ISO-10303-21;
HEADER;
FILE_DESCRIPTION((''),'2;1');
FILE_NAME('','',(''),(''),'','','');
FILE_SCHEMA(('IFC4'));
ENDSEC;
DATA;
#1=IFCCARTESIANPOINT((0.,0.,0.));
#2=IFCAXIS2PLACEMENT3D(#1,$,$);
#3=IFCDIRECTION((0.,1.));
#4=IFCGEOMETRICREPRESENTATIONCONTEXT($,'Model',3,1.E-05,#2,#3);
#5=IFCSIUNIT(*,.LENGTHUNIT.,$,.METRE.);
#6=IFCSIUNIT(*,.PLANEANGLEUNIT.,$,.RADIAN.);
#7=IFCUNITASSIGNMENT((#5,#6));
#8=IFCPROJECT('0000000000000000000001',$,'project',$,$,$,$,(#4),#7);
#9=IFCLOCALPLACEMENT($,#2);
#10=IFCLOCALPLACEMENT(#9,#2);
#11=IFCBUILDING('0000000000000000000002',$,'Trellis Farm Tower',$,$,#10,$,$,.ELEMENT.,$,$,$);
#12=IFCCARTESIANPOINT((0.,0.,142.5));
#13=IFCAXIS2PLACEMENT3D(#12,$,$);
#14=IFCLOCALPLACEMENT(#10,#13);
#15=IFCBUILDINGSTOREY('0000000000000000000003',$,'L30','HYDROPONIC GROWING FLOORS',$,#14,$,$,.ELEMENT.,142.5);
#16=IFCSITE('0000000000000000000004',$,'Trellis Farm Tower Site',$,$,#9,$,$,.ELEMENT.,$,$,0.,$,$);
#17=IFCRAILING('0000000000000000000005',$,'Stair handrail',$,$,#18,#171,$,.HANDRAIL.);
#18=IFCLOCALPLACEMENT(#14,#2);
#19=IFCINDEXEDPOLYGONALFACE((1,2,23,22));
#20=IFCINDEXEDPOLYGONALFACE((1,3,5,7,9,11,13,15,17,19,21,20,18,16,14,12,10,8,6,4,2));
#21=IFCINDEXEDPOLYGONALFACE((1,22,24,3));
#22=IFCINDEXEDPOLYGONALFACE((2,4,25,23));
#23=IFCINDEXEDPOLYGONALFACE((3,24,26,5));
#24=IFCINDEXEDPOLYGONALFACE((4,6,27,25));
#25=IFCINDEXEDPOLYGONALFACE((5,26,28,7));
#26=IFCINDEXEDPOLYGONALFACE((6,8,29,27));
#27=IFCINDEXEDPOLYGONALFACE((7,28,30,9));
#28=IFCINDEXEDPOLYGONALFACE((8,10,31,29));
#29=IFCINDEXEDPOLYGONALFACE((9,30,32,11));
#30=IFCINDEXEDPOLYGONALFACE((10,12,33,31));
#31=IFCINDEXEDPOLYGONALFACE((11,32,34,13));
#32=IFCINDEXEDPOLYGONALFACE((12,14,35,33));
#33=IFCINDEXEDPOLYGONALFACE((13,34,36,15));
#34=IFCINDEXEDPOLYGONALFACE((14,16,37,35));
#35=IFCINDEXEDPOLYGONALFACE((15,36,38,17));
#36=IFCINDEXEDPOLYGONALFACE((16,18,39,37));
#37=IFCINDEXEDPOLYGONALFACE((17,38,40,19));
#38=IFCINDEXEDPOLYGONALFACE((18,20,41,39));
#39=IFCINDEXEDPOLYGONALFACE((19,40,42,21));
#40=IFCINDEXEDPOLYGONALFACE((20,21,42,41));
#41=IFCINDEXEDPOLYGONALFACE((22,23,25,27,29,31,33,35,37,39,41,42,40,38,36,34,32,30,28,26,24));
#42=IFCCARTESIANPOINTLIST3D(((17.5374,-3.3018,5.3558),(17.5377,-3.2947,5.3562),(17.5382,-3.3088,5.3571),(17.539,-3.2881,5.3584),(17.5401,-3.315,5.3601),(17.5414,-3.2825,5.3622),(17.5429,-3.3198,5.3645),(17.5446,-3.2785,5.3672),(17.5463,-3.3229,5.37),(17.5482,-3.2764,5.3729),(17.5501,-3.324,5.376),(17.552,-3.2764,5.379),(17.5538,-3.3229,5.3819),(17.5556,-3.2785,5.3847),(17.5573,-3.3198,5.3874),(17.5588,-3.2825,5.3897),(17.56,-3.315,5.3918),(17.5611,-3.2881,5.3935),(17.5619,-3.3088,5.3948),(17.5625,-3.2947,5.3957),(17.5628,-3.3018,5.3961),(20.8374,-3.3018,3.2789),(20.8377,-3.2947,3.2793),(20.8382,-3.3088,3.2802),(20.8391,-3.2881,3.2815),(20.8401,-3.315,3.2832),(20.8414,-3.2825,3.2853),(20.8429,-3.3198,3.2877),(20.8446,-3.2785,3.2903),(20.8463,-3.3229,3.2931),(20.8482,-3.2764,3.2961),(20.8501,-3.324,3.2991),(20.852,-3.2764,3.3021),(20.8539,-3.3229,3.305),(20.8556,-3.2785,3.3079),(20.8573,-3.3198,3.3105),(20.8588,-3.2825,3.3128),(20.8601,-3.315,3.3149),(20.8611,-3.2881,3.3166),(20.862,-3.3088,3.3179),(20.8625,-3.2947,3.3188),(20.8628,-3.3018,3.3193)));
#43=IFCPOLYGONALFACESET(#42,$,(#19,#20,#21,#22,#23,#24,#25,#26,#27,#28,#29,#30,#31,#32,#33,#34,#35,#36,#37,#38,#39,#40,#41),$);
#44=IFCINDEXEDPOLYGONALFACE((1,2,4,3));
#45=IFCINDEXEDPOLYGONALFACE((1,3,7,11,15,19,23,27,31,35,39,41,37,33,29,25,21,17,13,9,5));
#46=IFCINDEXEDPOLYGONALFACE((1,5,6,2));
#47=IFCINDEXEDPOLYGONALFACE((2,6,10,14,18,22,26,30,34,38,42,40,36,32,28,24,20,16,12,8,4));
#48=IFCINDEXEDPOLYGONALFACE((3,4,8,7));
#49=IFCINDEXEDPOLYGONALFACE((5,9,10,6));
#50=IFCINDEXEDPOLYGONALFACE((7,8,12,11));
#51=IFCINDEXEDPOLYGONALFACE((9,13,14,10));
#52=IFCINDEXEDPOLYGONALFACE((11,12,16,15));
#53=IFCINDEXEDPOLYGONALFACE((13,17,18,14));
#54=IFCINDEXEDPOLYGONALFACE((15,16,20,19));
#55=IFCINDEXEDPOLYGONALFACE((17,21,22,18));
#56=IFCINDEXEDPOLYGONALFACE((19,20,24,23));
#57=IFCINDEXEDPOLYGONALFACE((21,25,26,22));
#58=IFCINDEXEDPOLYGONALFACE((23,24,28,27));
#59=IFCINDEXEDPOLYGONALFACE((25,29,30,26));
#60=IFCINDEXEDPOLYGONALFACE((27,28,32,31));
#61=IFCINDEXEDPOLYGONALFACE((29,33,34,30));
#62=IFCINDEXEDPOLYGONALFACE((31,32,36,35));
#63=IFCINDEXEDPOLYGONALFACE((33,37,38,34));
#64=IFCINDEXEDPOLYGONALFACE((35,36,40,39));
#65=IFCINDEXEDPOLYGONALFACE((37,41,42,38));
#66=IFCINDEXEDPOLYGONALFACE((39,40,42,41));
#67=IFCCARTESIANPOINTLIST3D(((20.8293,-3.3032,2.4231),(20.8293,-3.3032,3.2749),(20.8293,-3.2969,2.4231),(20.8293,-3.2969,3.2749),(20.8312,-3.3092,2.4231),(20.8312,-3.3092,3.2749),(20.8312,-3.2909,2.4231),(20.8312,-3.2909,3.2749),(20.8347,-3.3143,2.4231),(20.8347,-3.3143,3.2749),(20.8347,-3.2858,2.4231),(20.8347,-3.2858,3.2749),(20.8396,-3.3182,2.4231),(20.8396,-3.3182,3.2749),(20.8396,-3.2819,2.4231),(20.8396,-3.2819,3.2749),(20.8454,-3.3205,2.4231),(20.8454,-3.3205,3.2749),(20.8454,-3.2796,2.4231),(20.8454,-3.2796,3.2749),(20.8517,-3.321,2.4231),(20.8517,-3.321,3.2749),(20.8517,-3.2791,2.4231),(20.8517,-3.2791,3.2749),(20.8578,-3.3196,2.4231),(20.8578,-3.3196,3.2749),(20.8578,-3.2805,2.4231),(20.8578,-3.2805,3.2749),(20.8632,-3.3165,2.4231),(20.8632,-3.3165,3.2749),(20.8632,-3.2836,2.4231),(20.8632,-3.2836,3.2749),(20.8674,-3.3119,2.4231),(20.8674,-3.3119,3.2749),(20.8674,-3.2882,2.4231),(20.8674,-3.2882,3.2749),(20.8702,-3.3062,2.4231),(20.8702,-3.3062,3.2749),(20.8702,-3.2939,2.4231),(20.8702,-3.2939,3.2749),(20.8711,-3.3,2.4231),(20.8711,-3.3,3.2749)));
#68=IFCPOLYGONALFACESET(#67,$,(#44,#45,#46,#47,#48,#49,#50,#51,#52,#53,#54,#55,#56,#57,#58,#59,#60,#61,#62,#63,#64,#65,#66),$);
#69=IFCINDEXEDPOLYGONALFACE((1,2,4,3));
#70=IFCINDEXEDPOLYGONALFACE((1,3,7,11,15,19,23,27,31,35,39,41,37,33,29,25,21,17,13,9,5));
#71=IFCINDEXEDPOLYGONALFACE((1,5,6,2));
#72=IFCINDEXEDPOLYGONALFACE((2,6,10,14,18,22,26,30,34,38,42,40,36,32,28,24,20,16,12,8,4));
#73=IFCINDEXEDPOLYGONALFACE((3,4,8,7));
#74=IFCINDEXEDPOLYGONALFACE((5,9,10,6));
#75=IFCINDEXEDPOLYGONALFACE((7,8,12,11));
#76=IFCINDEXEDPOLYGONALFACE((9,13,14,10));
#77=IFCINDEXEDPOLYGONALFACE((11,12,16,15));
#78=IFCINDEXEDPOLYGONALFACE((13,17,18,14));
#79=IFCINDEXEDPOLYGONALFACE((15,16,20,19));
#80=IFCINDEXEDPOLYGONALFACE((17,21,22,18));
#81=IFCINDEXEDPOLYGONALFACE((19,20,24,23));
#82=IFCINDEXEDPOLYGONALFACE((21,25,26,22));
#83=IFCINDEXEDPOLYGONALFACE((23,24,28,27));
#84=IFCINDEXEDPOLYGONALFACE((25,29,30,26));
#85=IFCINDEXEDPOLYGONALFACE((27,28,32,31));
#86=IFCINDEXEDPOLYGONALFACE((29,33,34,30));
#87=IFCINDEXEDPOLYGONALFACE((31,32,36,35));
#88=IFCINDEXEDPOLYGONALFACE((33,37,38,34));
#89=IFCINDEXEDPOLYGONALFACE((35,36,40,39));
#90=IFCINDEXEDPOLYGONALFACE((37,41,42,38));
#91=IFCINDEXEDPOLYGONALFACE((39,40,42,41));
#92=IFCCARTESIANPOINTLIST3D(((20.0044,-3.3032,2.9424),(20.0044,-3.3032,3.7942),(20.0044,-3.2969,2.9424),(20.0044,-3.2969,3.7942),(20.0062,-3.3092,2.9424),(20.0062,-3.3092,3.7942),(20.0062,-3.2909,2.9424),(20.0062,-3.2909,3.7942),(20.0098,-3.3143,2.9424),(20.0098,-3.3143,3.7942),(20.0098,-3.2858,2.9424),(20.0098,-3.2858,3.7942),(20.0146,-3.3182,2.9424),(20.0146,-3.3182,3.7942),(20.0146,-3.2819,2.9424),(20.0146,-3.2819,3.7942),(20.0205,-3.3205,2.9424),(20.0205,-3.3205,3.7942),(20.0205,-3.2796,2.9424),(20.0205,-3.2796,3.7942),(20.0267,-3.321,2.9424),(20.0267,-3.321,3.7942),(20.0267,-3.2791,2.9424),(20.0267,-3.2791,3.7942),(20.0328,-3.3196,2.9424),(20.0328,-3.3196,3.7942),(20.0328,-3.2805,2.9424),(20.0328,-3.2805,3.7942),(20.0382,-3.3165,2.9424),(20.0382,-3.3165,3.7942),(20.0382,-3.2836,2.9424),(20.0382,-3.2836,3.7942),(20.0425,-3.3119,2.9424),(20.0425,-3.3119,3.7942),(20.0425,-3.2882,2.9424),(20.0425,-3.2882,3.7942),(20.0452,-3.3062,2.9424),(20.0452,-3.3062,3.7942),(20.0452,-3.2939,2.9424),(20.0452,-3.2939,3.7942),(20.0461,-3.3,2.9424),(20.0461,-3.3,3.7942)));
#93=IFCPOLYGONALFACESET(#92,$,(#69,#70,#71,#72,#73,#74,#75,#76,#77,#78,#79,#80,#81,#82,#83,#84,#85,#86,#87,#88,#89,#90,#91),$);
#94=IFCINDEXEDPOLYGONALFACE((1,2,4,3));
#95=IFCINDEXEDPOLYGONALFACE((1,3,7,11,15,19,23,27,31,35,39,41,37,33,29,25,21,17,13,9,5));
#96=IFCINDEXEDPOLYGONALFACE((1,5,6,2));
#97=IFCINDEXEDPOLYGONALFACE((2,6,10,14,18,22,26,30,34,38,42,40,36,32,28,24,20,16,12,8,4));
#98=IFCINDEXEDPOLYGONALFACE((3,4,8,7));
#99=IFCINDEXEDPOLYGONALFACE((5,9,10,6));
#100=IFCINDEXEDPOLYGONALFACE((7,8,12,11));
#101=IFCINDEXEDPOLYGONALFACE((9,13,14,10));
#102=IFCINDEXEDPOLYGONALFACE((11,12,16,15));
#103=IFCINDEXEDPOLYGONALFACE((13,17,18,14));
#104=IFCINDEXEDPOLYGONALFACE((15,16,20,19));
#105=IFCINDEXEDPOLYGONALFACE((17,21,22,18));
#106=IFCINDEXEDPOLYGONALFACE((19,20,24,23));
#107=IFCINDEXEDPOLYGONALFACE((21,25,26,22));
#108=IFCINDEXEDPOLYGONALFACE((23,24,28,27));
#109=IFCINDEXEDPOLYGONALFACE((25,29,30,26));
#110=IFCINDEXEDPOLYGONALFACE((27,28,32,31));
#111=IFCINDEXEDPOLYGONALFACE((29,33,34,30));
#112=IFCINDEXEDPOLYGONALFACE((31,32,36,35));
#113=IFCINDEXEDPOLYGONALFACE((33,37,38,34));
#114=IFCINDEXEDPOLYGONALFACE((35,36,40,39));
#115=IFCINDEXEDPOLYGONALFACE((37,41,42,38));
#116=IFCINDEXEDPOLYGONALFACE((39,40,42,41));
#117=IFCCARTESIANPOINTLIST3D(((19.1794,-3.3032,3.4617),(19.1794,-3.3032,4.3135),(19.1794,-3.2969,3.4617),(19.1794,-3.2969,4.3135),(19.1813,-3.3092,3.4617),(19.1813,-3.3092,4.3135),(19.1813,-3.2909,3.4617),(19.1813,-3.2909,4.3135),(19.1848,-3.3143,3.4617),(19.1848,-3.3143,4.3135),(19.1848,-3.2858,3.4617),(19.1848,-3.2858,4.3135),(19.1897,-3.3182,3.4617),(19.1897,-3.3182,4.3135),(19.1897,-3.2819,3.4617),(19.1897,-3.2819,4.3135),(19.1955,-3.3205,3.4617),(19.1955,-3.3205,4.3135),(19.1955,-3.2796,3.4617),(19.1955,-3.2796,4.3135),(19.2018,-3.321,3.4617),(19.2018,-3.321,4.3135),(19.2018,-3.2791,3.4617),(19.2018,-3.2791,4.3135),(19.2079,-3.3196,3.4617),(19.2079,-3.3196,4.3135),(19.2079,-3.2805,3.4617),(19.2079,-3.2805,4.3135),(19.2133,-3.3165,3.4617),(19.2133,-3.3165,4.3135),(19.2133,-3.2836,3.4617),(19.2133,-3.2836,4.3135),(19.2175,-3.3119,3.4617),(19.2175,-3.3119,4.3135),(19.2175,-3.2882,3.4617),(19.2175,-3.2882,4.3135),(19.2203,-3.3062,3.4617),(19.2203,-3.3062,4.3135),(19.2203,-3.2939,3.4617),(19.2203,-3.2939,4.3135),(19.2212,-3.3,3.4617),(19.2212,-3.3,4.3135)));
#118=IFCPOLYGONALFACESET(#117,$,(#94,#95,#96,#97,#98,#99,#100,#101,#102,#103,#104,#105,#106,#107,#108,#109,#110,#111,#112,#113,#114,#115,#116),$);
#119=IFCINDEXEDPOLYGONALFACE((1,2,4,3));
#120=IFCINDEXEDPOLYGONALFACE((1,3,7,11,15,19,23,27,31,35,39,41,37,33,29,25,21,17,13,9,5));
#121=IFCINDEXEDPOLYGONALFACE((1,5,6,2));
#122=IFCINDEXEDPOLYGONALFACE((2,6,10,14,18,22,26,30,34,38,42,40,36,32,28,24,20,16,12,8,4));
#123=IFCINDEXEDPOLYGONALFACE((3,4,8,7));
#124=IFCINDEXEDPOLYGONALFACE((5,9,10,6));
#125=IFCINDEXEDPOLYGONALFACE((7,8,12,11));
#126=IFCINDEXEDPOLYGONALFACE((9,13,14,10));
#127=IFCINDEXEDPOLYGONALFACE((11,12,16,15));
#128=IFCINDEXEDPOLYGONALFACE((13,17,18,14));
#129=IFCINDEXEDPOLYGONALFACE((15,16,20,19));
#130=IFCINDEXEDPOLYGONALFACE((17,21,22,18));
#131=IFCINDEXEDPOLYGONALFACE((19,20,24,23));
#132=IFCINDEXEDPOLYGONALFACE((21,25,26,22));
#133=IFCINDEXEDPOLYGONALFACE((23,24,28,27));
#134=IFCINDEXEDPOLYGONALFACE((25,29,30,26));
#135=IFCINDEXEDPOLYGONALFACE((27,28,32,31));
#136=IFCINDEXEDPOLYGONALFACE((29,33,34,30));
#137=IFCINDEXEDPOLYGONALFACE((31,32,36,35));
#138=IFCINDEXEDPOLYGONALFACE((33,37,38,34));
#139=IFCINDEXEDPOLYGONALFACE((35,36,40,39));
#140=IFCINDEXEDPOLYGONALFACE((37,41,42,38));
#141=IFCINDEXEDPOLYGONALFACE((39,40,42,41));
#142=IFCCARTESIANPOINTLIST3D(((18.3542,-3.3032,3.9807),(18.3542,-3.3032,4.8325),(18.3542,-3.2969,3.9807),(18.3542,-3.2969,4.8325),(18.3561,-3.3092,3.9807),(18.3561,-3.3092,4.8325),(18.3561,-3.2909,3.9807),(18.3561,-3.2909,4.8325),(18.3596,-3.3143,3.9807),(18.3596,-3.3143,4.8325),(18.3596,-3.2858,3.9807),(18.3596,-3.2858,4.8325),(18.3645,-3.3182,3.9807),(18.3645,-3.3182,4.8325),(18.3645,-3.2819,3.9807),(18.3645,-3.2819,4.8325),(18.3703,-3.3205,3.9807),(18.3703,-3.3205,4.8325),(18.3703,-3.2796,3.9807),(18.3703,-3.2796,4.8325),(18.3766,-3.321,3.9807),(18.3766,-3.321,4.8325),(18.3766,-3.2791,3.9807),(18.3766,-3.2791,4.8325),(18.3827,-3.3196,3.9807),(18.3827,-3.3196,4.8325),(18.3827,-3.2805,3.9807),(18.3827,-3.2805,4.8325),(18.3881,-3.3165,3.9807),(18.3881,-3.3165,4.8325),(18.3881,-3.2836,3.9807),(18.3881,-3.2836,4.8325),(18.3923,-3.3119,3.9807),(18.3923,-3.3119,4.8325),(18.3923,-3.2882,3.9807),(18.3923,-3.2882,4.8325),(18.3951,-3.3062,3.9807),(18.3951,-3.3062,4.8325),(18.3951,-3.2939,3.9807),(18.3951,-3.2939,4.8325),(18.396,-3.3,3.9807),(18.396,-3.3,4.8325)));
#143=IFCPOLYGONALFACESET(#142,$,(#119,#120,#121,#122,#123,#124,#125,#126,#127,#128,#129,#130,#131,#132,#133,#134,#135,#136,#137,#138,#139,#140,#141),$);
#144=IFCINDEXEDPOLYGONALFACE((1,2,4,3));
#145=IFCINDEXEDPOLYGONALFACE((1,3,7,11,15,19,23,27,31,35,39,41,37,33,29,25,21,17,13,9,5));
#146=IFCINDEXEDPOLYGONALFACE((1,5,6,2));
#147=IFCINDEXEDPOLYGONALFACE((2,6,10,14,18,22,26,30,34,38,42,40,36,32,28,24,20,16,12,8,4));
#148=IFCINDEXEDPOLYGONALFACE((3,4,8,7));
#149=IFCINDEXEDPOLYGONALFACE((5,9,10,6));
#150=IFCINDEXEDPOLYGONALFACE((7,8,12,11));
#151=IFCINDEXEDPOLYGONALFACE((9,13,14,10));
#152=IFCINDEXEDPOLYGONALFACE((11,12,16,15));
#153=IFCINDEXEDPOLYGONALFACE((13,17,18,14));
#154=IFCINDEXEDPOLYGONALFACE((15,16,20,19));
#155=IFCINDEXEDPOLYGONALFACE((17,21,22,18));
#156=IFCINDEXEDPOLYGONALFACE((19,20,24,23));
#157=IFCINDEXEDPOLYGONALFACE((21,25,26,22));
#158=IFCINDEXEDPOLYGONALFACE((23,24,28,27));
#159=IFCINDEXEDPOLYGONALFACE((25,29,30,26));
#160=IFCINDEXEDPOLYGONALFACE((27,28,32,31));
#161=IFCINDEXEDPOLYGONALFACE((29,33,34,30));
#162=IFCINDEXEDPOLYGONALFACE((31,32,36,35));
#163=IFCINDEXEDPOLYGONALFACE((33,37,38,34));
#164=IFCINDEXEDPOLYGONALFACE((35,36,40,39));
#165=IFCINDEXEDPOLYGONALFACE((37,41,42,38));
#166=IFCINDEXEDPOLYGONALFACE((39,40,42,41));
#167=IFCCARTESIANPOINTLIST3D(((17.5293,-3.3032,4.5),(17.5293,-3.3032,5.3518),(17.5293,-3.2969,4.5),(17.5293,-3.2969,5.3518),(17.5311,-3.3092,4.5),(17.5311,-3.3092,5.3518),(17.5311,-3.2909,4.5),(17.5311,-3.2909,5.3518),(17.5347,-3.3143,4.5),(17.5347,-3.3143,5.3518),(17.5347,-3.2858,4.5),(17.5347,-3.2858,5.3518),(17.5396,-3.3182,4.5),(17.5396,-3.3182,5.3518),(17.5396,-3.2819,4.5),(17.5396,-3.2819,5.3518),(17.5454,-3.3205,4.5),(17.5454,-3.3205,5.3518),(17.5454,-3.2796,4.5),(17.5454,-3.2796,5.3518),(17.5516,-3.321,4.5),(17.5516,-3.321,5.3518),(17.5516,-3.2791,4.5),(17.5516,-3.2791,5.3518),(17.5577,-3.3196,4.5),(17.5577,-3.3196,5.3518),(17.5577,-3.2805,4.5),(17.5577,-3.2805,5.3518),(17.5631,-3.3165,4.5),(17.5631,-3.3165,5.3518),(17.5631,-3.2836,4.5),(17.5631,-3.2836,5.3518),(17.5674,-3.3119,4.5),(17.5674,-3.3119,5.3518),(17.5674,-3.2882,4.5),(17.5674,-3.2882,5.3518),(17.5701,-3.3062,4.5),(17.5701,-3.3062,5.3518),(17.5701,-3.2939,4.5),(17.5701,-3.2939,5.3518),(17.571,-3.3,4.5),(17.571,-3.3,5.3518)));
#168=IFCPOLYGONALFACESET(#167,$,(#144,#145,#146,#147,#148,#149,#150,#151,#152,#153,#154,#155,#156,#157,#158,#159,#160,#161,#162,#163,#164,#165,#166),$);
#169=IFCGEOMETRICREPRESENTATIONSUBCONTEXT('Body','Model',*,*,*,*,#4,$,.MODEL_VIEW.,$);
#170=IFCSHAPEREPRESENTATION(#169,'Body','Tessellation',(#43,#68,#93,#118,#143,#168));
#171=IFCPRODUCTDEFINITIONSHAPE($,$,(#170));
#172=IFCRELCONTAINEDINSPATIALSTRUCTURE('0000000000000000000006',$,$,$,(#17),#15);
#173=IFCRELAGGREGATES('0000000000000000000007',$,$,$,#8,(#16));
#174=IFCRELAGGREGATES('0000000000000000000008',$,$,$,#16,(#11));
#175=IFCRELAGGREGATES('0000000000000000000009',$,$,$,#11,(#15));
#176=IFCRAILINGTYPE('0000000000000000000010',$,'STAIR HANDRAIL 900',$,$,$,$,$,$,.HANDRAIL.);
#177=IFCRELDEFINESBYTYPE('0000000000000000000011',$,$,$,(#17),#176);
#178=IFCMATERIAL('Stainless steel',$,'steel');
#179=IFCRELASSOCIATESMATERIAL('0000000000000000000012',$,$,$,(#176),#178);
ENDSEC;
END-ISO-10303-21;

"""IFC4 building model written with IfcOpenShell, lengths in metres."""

from ifc_helpers import new_model, si_unit, direction, frame, origin, origin_2d, place, context, subcontext, project, spatial, circle, extrude, source, transform, mapped, material, type_object, element, save


model = new_model("IFC4")

# Units and contexts
model_context = context("Model", 3, precision=1e-05, world=origin(), true_north=direction((0.0, 1.0)))
body_context = subcontext(model_context, "Body", "Model", "MODEL_VIEW")
ifc_project = project(units=[si_unit("LENGTHUNIT", "METRE"), si_unit("PLANEANGLEUNIT", "RADIAN")], contexts=[model_context])

# Site, building, storey
site_placement = place(None, origin())
site = spatial("IfcSite", under=ifc_project, at=site_placement, Name="Trellis Farm Tower Site", CompositionType="ELEMENT", RefElevation=0.0)
building_placement = place(site_placement, origin())
building = spatial("IfcBuilding", under=site, at=building_placement, Name="Trellis Farm Tower", CompositionType="ELEMENT")
storey_placement = place(building_placement, frame((0.0, 0.0, 142.5)))
storey = spatial("IfcBuildingStorey", under=building, at=storey_placement, Name="L30", Description="HYDROPONIC GROWING FLOORS", CompositionType="ELEMENT", Elevation=142.5)

# Railing
ifc_material_1 = material(Name="Stainless steel", Category="steel")
railing_type = type_object("IfcRailingType", Name="STAIR HANDRAIL 900", PredefinedType="HANDRAIL", material=ifc_material_1)
shared_shape_1 = source(origin(), body_context, "Body", "SweptSolid", [
    extrude(circle(Radius=0.0239, at=origin_2d()), frame((0.0, 0.0, 0.876), z_axis=(-0.846337, 0.0, 0.532647), x_axis=(0.0, -1.0, 0.0)), (0.0, 0.0, 1.0), 3.8992),
    extrude(circle(Radius=0.021, at=origin_2d()), origin(), (0.0, 0.0, 1.0), 0.8518),
    extrude(circle(Radius=0.021, at=origin_2d()), frame((-0.825, 0.0, 0.5193)), (0.0, 0.0, 1.0), 0.8518),
    extrude(circle(Radius=0.021, at=origin_2d()), frame((-1.6499, 0.0, 1.0386)), (0.0, 0.0, 1.0), 0.8518),
    extrude(circle(Radius=0.021, at=origin_2d()), frame((-2.4751, 0.0, 1.5576)), (0.0, 0.0, 1.0), 0.8518),
    extrude(circle(Radius=0.021, at=origin_2d()), frame((-3.3, 0.0, 2.0769)), (0.0, 0.0, 1.0), 0.8518),
])
for number, where, name in (
    (1, (20.8501, -3.3, 2.4231), "Stair handrail"),
):
    element("IfcRailing", number, at=place(storey_placement, frame(where)), inside=storey, type_object=railing_type, Name=name, PredefinedType="HANDRAIL", context=body_context, shape_type="MappedRepresentation", body=[
        mapped(shared_shape_1, transform((0.0, 0.0, 0.0))),
    ])

save(model, "model.ifc")
